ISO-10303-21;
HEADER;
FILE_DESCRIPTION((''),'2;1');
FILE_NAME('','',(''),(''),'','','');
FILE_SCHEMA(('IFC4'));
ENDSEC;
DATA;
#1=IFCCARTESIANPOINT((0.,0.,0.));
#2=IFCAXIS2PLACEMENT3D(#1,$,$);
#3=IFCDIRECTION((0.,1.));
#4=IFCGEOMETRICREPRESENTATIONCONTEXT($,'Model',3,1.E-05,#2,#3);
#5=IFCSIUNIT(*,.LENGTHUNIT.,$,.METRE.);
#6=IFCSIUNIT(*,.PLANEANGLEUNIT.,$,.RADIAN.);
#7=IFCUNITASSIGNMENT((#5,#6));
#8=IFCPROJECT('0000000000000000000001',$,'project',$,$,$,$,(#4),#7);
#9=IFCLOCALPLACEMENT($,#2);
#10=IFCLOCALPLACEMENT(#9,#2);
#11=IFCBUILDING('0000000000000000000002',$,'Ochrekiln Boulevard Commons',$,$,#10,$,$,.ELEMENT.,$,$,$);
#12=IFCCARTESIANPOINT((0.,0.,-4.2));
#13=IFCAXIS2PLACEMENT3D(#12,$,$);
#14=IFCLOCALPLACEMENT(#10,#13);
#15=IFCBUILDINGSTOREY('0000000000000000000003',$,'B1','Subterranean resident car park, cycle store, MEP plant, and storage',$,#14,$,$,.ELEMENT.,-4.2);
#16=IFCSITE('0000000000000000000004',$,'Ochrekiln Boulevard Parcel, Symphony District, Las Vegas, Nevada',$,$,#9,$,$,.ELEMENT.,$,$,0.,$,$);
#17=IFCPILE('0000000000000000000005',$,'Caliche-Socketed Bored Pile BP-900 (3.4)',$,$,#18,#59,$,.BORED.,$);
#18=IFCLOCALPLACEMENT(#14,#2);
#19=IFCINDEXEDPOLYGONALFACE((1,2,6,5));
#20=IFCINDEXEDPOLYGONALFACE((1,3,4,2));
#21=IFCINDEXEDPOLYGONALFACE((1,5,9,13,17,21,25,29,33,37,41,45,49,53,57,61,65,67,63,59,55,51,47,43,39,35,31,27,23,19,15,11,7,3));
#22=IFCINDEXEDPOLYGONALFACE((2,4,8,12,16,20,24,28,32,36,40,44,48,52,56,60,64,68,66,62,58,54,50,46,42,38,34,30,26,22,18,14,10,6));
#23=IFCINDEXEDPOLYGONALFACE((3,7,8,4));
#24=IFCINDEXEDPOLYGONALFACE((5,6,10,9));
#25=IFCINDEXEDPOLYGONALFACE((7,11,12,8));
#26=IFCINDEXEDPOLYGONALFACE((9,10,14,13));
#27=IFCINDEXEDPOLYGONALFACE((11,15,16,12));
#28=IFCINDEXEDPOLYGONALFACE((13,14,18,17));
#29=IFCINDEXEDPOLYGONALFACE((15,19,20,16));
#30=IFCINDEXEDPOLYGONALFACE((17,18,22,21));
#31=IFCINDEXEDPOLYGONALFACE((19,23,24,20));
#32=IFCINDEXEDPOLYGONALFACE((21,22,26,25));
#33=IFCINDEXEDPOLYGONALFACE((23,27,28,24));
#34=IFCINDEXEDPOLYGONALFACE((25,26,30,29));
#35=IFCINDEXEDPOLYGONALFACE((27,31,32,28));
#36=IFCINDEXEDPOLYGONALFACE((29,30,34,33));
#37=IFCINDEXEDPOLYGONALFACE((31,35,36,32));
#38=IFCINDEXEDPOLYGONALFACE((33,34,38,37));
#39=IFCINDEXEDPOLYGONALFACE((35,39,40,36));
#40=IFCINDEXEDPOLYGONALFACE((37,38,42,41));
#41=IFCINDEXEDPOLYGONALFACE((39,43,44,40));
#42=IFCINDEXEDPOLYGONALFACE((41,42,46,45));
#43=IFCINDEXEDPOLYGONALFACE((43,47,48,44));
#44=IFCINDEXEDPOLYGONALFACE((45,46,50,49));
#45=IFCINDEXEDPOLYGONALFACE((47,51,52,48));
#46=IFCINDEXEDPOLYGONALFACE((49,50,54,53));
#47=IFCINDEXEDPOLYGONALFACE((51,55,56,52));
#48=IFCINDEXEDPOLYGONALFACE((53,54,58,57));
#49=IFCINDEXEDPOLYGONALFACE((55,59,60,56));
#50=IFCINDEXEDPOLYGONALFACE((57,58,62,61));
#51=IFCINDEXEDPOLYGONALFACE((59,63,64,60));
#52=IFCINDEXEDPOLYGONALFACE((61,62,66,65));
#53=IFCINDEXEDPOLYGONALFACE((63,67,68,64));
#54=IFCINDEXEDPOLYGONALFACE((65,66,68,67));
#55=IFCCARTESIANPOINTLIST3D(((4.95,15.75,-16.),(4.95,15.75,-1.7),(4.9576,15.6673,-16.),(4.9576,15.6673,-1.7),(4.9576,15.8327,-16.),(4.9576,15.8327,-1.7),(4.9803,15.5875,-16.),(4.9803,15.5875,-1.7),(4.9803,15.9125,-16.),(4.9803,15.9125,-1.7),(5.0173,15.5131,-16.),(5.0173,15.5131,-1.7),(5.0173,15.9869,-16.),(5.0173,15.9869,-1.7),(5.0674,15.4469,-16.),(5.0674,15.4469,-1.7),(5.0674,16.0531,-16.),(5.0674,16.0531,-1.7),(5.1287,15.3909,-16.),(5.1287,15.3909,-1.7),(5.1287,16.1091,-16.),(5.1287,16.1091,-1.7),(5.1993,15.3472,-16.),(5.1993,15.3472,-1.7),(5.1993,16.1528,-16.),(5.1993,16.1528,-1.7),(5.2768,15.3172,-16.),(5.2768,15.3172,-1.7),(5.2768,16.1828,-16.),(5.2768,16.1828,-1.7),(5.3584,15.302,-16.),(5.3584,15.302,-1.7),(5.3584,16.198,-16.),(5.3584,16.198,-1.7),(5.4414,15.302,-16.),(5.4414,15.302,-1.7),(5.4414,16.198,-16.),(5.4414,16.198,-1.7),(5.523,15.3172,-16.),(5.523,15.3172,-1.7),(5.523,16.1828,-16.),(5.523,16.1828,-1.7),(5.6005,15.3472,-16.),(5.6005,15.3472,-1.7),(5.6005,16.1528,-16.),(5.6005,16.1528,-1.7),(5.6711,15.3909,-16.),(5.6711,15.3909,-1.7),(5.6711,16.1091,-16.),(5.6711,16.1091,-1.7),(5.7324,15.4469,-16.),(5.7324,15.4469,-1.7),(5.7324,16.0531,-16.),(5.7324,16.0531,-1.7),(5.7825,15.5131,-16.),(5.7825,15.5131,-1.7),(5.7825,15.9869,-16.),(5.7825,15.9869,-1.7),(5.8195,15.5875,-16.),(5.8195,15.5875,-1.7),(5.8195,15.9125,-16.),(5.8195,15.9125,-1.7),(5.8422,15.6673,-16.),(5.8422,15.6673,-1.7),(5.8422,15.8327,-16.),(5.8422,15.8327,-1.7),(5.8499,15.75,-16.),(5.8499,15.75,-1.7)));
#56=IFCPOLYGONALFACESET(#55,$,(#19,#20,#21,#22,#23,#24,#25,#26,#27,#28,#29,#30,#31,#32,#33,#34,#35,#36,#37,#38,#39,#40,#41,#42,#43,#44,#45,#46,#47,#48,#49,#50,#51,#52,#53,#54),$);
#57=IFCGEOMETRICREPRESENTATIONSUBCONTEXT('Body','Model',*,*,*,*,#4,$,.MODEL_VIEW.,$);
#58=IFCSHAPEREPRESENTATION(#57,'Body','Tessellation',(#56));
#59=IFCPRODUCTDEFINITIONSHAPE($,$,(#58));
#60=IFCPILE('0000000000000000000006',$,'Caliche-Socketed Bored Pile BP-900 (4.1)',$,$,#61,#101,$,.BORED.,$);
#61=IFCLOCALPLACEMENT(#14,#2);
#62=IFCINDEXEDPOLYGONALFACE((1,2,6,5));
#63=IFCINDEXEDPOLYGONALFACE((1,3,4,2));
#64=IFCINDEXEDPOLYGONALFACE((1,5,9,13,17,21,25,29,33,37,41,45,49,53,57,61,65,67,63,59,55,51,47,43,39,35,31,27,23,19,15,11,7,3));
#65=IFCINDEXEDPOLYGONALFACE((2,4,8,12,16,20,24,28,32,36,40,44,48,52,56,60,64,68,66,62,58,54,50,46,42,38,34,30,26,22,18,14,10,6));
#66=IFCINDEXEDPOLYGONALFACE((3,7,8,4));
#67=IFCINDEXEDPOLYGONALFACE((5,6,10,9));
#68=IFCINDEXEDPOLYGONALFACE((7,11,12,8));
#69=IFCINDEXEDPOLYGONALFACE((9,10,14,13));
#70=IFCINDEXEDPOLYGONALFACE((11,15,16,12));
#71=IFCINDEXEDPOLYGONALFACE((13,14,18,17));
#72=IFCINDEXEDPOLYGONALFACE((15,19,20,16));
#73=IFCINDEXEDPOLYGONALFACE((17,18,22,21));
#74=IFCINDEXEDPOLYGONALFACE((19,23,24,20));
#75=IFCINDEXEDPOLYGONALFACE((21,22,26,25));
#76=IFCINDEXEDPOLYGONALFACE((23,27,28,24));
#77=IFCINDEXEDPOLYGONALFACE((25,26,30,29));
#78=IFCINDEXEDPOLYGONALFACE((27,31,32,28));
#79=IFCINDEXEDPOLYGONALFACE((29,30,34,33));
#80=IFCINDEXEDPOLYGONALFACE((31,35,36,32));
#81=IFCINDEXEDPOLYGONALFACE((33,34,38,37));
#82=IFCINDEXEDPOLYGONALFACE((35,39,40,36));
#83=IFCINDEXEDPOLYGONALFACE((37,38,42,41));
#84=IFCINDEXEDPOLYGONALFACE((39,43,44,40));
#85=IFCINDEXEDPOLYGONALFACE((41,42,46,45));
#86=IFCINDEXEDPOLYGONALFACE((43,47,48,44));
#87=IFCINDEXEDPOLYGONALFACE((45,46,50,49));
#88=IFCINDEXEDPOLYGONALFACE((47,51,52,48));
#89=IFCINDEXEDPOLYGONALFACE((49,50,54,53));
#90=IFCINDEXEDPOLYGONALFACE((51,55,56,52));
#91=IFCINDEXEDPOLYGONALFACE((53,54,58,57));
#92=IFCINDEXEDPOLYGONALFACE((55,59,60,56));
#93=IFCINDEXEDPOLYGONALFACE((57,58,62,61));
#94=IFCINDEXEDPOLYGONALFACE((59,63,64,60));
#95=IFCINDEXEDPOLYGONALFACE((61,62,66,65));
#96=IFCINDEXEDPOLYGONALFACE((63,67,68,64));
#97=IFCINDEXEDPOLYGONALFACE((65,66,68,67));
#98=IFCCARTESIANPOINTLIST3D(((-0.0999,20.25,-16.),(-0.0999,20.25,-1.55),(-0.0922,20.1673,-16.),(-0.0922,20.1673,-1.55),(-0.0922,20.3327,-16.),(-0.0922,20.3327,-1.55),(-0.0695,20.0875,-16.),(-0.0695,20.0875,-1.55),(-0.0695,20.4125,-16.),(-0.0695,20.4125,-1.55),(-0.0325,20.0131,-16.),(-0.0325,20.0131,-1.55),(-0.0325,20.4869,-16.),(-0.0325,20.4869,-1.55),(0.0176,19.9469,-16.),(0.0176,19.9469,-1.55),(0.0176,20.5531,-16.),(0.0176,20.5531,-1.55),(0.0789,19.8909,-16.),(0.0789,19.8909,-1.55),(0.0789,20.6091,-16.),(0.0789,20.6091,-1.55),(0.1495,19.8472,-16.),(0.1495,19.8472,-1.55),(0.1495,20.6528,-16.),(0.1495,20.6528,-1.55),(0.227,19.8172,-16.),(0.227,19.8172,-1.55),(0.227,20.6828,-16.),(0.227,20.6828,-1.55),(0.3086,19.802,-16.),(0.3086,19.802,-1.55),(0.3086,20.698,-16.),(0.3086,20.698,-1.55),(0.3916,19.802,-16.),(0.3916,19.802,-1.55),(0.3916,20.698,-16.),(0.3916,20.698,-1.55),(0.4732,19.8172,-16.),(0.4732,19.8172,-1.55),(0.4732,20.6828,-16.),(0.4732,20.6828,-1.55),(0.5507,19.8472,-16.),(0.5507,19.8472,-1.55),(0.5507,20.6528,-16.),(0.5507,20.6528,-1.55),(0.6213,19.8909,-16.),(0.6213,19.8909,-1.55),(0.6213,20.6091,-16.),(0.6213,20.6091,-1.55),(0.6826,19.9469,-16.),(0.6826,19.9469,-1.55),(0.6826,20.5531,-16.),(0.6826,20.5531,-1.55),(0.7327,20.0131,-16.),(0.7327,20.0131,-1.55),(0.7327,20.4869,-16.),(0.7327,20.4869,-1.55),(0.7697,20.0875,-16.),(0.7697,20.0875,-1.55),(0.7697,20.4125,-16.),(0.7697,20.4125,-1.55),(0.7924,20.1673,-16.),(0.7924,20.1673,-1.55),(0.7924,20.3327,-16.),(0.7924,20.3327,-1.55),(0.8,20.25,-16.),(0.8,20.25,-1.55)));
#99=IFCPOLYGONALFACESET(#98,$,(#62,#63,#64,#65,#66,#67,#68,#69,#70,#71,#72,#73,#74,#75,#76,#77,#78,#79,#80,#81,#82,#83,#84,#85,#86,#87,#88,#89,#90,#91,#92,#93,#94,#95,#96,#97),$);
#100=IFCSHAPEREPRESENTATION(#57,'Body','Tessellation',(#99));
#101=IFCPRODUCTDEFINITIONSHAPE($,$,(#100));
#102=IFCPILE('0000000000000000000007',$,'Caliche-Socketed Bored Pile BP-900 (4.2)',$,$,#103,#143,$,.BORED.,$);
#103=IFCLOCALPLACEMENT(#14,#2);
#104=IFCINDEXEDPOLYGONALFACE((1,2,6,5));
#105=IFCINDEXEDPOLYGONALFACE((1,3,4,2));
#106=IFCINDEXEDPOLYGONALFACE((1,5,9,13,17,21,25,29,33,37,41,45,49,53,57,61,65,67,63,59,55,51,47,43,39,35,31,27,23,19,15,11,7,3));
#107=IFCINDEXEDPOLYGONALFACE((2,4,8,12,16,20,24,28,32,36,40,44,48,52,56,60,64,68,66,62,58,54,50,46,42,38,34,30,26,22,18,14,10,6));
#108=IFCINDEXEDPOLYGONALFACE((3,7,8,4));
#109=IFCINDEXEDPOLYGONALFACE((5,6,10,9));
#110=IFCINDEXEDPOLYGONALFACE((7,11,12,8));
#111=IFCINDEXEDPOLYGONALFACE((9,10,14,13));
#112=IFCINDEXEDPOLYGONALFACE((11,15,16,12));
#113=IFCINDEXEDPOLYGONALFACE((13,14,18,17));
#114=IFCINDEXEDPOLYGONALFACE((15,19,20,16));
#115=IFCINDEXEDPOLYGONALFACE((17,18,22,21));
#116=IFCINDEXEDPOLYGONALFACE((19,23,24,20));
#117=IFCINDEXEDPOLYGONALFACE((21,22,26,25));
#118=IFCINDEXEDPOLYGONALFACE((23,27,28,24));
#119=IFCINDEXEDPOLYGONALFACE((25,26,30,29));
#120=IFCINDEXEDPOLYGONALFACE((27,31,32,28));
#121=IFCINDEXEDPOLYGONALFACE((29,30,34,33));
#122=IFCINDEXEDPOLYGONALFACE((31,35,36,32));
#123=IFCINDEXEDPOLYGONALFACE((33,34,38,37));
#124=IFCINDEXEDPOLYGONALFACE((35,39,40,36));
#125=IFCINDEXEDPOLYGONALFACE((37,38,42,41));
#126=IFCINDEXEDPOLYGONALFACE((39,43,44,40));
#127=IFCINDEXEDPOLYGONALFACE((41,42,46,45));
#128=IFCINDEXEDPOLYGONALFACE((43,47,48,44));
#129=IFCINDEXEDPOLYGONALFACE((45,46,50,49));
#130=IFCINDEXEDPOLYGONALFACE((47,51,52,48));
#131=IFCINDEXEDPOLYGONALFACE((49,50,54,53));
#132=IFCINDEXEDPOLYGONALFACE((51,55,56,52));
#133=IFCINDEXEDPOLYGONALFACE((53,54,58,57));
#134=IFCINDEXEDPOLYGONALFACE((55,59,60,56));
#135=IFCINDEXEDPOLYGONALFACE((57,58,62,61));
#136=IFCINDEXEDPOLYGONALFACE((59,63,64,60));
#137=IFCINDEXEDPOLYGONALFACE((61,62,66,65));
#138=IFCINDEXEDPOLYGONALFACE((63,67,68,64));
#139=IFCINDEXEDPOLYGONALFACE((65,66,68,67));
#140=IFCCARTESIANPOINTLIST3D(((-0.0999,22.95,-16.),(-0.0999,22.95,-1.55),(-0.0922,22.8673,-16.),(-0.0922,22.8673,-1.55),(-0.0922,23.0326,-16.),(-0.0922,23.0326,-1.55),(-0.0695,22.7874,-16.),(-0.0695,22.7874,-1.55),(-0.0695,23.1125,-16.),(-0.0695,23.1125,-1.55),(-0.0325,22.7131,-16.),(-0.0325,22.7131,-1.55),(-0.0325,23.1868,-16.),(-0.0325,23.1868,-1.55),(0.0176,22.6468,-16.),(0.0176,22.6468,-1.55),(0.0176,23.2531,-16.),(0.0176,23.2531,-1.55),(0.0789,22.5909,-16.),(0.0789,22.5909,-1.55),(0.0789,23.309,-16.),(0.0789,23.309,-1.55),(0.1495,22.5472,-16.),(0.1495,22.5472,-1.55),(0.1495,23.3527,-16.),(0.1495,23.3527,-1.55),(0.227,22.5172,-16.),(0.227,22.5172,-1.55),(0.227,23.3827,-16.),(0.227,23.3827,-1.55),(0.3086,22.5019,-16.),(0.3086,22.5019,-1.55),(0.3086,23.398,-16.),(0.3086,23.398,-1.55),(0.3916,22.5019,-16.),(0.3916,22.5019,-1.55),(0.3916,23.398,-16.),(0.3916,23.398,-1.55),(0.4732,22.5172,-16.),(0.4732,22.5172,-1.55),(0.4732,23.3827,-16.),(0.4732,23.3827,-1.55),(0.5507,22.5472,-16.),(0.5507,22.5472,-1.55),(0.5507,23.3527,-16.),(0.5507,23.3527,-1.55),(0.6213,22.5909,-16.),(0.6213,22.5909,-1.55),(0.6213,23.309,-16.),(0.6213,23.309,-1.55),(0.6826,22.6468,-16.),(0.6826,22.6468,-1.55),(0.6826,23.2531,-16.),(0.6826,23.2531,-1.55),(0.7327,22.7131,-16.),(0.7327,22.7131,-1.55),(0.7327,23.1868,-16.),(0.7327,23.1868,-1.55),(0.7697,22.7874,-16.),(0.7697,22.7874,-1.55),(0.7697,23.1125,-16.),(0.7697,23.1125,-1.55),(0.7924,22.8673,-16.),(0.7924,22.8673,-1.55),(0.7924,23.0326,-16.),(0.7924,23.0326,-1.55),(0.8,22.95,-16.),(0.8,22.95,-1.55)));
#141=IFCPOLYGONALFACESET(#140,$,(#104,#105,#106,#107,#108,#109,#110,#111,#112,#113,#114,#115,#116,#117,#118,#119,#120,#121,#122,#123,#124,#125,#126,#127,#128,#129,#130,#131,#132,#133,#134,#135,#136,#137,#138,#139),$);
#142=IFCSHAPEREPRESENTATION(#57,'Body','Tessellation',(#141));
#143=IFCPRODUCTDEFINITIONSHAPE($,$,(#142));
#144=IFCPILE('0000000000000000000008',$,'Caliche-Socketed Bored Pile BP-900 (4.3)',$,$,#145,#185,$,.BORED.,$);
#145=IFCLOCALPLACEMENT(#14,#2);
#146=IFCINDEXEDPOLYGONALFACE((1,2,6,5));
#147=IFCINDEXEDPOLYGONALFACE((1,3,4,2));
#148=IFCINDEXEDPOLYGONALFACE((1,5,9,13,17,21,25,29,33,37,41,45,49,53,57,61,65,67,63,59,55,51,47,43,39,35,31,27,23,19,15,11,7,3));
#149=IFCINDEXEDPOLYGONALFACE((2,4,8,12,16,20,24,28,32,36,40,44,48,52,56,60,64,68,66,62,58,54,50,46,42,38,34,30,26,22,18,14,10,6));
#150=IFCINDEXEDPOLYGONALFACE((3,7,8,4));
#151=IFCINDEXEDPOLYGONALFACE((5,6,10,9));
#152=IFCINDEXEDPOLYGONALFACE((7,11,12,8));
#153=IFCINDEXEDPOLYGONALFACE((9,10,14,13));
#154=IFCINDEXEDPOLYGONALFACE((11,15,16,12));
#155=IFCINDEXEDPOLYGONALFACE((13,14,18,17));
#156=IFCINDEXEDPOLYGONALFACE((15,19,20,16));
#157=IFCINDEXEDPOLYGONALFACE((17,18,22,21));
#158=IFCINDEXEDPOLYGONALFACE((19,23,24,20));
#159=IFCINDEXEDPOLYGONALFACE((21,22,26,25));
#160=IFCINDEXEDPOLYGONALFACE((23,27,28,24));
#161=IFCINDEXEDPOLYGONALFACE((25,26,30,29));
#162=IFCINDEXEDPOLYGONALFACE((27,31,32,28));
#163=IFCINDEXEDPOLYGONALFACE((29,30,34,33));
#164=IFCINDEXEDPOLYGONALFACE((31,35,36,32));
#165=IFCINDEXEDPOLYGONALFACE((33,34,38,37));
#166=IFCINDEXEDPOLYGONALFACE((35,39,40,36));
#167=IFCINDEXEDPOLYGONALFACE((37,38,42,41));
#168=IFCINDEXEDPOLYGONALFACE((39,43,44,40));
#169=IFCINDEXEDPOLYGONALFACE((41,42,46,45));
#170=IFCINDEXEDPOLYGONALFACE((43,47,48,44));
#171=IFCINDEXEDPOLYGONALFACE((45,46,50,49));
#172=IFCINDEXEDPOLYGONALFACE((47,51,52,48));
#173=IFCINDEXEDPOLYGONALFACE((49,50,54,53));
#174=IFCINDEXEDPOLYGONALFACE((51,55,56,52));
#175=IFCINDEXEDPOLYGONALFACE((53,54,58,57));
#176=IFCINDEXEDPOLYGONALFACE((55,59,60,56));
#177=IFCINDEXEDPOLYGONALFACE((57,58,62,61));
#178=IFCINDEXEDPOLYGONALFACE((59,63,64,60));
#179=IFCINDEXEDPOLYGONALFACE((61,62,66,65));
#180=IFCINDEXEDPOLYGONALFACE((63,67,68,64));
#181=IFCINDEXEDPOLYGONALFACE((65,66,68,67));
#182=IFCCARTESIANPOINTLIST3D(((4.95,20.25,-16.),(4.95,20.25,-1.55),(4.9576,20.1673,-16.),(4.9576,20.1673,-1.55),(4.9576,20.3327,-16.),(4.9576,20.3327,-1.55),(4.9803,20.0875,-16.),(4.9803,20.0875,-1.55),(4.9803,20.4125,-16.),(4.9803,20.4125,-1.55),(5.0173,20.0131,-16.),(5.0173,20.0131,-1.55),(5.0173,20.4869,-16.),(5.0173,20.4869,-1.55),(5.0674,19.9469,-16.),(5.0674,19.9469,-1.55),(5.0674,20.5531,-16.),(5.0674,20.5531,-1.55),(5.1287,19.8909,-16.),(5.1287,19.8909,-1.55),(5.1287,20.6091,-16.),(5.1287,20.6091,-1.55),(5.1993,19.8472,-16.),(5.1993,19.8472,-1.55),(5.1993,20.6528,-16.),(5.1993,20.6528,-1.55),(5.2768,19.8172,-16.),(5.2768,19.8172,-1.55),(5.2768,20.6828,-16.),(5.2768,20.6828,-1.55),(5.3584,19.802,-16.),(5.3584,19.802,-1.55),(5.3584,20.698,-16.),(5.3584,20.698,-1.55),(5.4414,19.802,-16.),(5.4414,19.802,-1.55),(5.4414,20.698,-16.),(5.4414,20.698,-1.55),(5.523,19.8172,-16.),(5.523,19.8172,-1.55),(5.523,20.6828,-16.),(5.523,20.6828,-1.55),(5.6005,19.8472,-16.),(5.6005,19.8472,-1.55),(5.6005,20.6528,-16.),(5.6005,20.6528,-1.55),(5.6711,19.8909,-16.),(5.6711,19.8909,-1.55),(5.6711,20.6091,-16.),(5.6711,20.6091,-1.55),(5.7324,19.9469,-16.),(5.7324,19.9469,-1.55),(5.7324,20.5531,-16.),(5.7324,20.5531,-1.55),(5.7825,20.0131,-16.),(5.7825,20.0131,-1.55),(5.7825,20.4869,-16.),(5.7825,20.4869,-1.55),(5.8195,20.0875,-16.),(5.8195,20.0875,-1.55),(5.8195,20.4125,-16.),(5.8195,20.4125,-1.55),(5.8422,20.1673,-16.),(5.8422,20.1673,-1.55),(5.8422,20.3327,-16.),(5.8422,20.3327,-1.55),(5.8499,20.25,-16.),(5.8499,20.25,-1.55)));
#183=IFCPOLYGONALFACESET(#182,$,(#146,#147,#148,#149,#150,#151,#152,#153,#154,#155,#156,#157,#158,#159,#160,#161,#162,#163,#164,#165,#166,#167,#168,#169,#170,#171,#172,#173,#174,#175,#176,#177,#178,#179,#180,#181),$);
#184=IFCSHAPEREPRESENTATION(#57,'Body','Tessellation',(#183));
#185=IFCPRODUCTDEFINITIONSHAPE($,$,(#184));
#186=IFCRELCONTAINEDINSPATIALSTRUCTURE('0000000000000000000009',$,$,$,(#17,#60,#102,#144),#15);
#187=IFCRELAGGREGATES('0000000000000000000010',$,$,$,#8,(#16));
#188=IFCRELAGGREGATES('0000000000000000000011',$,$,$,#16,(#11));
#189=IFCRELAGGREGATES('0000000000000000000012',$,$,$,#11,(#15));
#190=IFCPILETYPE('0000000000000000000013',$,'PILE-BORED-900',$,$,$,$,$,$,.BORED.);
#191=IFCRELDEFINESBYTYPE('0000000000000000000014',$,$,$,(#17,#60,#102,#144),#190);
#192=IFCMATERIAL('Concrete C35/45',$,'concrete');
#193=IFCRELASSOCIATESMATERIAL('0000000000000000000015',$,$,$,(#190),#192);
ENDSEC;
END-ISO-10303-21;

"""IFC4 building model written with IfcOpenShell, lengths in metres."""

from ifc_helpers import new_model, si_unit, direction, frame, origin, origin_2d, place, context, subcontext, project, spatial, circle, extrude, material, material_profile, profile_set, type_object, element, save


model = new_model("IFC4")

# Units and contexts
model_context = context("Model", 3, precision=1e-05, world=origin(), true_north=direction((0.0, 1.0)))
body_context = subcontext(model_context, "Body", "Model", "MODEL_VIEW")
ifc_project = project(units=[si_unit("LENGTHUNIT", "METRE"), si_unit("PLANEANGLEUNIT", "RADIAN")], contexts=[model_context])

# Site, building, storey
site_placement = place(None, origin())
site = spatial("IfcSite", under=ifc_project, at=site_placement, Name="Ochrekiln Boulevard Parcel, Symphony District, Las Vegas, Nevada", CompositionType="ELEMENT", RefElevation=0.0)
building_placement = place(site_placement, origin())
building = spatial("IfcBuilding", under=site, at=building_placement, Name="Ochrekiln Boulevard Commons", CompositionType="ELEMENT")
storey_placement = place(building_placement, frame((0.0, 0.0, -4.2)))
storey = spatial("IfcBuildingStorey", under=building, at=storey_placement, Name="B1", Description="Subterranean resident car park, cycle store, MEP plant, and storage", CompositionType="ELEMENT", Elevation=-4.2)

# Shared definitions
ifc_material_1 = material(Name="Concrete C35/45", Category="concrete")

# Piles
ifc_material_profile_1 = material_profile(ifc_material_1, circle(Radius=0.45, at=origin_2d()), Name="PILE-D900")
ifc_profile_set_1 = profile_set([ifc_material_profile_1], Name="Concrete C35/45")
pile_type = type_object("IfcPileType", Name="PILE-BORED-900", PredefinedType="BORED", material=ifc_profile_set_1)
for number, where, z_axis, x_axis, name in (
    (1, (5.3999, 15.75, -1.7), (0.0, 0.0, -1.0), (1.0, 0.0, 0.0), "Caliche-Socketed Bored Pile BP-900 (3.4)"),
):
    element("IfcPile", number, at=place(storey_placement, frame(where, z_axis=z_axis, x_axis=x_axis)), inside=storey, type_object=pile_type, Name=name, PredefinedType="BORED", context=body_context, shape_type="SweptSolid", body=[
        extrude(circle(Radius=0.45, at=origin_2d()), origin(), (0.0, 0.0, 1.0), 14.3),
    ])
for number, where, z_axis, x_axis, name in (
    (2, (0.3501, 20.25, -1.55), (0.0, 0.0, -1.0), (1.0, 0.0, 0.0), "Caliche-Socketed Bored Pile BP-900 (4.1)"),
    (3, (0.3501, 22.95, -1.55), (0.0, 0.0, -1.0), (1.0, 0.0, 0.0), "Caliche-Socketed Bored Pile BP-900 (4.2)"),
    (4, (5.3999, 20.25, -1.55), (0.0, 0.0, -1.0), (1.0, 0.0, 0.0), "Caliche-Socketed Bored Pile BP-900 (4.3)"),
):
    element("IfcPile", number, at=place(storey_placement, frame(where, z_axis=z_axis, x_axis=x_axis)), inside=storey, type_object=pile_type, Name=name, PredefinedType="BORED", context=body_context, shape_type="SweptSolid", body=[
        extrude(circle(Radius=0.45, at=origin_2d()), origin(), (0.0, 0.0, 1.0), 14.45),
    ])

save(model, "model.ifc")
